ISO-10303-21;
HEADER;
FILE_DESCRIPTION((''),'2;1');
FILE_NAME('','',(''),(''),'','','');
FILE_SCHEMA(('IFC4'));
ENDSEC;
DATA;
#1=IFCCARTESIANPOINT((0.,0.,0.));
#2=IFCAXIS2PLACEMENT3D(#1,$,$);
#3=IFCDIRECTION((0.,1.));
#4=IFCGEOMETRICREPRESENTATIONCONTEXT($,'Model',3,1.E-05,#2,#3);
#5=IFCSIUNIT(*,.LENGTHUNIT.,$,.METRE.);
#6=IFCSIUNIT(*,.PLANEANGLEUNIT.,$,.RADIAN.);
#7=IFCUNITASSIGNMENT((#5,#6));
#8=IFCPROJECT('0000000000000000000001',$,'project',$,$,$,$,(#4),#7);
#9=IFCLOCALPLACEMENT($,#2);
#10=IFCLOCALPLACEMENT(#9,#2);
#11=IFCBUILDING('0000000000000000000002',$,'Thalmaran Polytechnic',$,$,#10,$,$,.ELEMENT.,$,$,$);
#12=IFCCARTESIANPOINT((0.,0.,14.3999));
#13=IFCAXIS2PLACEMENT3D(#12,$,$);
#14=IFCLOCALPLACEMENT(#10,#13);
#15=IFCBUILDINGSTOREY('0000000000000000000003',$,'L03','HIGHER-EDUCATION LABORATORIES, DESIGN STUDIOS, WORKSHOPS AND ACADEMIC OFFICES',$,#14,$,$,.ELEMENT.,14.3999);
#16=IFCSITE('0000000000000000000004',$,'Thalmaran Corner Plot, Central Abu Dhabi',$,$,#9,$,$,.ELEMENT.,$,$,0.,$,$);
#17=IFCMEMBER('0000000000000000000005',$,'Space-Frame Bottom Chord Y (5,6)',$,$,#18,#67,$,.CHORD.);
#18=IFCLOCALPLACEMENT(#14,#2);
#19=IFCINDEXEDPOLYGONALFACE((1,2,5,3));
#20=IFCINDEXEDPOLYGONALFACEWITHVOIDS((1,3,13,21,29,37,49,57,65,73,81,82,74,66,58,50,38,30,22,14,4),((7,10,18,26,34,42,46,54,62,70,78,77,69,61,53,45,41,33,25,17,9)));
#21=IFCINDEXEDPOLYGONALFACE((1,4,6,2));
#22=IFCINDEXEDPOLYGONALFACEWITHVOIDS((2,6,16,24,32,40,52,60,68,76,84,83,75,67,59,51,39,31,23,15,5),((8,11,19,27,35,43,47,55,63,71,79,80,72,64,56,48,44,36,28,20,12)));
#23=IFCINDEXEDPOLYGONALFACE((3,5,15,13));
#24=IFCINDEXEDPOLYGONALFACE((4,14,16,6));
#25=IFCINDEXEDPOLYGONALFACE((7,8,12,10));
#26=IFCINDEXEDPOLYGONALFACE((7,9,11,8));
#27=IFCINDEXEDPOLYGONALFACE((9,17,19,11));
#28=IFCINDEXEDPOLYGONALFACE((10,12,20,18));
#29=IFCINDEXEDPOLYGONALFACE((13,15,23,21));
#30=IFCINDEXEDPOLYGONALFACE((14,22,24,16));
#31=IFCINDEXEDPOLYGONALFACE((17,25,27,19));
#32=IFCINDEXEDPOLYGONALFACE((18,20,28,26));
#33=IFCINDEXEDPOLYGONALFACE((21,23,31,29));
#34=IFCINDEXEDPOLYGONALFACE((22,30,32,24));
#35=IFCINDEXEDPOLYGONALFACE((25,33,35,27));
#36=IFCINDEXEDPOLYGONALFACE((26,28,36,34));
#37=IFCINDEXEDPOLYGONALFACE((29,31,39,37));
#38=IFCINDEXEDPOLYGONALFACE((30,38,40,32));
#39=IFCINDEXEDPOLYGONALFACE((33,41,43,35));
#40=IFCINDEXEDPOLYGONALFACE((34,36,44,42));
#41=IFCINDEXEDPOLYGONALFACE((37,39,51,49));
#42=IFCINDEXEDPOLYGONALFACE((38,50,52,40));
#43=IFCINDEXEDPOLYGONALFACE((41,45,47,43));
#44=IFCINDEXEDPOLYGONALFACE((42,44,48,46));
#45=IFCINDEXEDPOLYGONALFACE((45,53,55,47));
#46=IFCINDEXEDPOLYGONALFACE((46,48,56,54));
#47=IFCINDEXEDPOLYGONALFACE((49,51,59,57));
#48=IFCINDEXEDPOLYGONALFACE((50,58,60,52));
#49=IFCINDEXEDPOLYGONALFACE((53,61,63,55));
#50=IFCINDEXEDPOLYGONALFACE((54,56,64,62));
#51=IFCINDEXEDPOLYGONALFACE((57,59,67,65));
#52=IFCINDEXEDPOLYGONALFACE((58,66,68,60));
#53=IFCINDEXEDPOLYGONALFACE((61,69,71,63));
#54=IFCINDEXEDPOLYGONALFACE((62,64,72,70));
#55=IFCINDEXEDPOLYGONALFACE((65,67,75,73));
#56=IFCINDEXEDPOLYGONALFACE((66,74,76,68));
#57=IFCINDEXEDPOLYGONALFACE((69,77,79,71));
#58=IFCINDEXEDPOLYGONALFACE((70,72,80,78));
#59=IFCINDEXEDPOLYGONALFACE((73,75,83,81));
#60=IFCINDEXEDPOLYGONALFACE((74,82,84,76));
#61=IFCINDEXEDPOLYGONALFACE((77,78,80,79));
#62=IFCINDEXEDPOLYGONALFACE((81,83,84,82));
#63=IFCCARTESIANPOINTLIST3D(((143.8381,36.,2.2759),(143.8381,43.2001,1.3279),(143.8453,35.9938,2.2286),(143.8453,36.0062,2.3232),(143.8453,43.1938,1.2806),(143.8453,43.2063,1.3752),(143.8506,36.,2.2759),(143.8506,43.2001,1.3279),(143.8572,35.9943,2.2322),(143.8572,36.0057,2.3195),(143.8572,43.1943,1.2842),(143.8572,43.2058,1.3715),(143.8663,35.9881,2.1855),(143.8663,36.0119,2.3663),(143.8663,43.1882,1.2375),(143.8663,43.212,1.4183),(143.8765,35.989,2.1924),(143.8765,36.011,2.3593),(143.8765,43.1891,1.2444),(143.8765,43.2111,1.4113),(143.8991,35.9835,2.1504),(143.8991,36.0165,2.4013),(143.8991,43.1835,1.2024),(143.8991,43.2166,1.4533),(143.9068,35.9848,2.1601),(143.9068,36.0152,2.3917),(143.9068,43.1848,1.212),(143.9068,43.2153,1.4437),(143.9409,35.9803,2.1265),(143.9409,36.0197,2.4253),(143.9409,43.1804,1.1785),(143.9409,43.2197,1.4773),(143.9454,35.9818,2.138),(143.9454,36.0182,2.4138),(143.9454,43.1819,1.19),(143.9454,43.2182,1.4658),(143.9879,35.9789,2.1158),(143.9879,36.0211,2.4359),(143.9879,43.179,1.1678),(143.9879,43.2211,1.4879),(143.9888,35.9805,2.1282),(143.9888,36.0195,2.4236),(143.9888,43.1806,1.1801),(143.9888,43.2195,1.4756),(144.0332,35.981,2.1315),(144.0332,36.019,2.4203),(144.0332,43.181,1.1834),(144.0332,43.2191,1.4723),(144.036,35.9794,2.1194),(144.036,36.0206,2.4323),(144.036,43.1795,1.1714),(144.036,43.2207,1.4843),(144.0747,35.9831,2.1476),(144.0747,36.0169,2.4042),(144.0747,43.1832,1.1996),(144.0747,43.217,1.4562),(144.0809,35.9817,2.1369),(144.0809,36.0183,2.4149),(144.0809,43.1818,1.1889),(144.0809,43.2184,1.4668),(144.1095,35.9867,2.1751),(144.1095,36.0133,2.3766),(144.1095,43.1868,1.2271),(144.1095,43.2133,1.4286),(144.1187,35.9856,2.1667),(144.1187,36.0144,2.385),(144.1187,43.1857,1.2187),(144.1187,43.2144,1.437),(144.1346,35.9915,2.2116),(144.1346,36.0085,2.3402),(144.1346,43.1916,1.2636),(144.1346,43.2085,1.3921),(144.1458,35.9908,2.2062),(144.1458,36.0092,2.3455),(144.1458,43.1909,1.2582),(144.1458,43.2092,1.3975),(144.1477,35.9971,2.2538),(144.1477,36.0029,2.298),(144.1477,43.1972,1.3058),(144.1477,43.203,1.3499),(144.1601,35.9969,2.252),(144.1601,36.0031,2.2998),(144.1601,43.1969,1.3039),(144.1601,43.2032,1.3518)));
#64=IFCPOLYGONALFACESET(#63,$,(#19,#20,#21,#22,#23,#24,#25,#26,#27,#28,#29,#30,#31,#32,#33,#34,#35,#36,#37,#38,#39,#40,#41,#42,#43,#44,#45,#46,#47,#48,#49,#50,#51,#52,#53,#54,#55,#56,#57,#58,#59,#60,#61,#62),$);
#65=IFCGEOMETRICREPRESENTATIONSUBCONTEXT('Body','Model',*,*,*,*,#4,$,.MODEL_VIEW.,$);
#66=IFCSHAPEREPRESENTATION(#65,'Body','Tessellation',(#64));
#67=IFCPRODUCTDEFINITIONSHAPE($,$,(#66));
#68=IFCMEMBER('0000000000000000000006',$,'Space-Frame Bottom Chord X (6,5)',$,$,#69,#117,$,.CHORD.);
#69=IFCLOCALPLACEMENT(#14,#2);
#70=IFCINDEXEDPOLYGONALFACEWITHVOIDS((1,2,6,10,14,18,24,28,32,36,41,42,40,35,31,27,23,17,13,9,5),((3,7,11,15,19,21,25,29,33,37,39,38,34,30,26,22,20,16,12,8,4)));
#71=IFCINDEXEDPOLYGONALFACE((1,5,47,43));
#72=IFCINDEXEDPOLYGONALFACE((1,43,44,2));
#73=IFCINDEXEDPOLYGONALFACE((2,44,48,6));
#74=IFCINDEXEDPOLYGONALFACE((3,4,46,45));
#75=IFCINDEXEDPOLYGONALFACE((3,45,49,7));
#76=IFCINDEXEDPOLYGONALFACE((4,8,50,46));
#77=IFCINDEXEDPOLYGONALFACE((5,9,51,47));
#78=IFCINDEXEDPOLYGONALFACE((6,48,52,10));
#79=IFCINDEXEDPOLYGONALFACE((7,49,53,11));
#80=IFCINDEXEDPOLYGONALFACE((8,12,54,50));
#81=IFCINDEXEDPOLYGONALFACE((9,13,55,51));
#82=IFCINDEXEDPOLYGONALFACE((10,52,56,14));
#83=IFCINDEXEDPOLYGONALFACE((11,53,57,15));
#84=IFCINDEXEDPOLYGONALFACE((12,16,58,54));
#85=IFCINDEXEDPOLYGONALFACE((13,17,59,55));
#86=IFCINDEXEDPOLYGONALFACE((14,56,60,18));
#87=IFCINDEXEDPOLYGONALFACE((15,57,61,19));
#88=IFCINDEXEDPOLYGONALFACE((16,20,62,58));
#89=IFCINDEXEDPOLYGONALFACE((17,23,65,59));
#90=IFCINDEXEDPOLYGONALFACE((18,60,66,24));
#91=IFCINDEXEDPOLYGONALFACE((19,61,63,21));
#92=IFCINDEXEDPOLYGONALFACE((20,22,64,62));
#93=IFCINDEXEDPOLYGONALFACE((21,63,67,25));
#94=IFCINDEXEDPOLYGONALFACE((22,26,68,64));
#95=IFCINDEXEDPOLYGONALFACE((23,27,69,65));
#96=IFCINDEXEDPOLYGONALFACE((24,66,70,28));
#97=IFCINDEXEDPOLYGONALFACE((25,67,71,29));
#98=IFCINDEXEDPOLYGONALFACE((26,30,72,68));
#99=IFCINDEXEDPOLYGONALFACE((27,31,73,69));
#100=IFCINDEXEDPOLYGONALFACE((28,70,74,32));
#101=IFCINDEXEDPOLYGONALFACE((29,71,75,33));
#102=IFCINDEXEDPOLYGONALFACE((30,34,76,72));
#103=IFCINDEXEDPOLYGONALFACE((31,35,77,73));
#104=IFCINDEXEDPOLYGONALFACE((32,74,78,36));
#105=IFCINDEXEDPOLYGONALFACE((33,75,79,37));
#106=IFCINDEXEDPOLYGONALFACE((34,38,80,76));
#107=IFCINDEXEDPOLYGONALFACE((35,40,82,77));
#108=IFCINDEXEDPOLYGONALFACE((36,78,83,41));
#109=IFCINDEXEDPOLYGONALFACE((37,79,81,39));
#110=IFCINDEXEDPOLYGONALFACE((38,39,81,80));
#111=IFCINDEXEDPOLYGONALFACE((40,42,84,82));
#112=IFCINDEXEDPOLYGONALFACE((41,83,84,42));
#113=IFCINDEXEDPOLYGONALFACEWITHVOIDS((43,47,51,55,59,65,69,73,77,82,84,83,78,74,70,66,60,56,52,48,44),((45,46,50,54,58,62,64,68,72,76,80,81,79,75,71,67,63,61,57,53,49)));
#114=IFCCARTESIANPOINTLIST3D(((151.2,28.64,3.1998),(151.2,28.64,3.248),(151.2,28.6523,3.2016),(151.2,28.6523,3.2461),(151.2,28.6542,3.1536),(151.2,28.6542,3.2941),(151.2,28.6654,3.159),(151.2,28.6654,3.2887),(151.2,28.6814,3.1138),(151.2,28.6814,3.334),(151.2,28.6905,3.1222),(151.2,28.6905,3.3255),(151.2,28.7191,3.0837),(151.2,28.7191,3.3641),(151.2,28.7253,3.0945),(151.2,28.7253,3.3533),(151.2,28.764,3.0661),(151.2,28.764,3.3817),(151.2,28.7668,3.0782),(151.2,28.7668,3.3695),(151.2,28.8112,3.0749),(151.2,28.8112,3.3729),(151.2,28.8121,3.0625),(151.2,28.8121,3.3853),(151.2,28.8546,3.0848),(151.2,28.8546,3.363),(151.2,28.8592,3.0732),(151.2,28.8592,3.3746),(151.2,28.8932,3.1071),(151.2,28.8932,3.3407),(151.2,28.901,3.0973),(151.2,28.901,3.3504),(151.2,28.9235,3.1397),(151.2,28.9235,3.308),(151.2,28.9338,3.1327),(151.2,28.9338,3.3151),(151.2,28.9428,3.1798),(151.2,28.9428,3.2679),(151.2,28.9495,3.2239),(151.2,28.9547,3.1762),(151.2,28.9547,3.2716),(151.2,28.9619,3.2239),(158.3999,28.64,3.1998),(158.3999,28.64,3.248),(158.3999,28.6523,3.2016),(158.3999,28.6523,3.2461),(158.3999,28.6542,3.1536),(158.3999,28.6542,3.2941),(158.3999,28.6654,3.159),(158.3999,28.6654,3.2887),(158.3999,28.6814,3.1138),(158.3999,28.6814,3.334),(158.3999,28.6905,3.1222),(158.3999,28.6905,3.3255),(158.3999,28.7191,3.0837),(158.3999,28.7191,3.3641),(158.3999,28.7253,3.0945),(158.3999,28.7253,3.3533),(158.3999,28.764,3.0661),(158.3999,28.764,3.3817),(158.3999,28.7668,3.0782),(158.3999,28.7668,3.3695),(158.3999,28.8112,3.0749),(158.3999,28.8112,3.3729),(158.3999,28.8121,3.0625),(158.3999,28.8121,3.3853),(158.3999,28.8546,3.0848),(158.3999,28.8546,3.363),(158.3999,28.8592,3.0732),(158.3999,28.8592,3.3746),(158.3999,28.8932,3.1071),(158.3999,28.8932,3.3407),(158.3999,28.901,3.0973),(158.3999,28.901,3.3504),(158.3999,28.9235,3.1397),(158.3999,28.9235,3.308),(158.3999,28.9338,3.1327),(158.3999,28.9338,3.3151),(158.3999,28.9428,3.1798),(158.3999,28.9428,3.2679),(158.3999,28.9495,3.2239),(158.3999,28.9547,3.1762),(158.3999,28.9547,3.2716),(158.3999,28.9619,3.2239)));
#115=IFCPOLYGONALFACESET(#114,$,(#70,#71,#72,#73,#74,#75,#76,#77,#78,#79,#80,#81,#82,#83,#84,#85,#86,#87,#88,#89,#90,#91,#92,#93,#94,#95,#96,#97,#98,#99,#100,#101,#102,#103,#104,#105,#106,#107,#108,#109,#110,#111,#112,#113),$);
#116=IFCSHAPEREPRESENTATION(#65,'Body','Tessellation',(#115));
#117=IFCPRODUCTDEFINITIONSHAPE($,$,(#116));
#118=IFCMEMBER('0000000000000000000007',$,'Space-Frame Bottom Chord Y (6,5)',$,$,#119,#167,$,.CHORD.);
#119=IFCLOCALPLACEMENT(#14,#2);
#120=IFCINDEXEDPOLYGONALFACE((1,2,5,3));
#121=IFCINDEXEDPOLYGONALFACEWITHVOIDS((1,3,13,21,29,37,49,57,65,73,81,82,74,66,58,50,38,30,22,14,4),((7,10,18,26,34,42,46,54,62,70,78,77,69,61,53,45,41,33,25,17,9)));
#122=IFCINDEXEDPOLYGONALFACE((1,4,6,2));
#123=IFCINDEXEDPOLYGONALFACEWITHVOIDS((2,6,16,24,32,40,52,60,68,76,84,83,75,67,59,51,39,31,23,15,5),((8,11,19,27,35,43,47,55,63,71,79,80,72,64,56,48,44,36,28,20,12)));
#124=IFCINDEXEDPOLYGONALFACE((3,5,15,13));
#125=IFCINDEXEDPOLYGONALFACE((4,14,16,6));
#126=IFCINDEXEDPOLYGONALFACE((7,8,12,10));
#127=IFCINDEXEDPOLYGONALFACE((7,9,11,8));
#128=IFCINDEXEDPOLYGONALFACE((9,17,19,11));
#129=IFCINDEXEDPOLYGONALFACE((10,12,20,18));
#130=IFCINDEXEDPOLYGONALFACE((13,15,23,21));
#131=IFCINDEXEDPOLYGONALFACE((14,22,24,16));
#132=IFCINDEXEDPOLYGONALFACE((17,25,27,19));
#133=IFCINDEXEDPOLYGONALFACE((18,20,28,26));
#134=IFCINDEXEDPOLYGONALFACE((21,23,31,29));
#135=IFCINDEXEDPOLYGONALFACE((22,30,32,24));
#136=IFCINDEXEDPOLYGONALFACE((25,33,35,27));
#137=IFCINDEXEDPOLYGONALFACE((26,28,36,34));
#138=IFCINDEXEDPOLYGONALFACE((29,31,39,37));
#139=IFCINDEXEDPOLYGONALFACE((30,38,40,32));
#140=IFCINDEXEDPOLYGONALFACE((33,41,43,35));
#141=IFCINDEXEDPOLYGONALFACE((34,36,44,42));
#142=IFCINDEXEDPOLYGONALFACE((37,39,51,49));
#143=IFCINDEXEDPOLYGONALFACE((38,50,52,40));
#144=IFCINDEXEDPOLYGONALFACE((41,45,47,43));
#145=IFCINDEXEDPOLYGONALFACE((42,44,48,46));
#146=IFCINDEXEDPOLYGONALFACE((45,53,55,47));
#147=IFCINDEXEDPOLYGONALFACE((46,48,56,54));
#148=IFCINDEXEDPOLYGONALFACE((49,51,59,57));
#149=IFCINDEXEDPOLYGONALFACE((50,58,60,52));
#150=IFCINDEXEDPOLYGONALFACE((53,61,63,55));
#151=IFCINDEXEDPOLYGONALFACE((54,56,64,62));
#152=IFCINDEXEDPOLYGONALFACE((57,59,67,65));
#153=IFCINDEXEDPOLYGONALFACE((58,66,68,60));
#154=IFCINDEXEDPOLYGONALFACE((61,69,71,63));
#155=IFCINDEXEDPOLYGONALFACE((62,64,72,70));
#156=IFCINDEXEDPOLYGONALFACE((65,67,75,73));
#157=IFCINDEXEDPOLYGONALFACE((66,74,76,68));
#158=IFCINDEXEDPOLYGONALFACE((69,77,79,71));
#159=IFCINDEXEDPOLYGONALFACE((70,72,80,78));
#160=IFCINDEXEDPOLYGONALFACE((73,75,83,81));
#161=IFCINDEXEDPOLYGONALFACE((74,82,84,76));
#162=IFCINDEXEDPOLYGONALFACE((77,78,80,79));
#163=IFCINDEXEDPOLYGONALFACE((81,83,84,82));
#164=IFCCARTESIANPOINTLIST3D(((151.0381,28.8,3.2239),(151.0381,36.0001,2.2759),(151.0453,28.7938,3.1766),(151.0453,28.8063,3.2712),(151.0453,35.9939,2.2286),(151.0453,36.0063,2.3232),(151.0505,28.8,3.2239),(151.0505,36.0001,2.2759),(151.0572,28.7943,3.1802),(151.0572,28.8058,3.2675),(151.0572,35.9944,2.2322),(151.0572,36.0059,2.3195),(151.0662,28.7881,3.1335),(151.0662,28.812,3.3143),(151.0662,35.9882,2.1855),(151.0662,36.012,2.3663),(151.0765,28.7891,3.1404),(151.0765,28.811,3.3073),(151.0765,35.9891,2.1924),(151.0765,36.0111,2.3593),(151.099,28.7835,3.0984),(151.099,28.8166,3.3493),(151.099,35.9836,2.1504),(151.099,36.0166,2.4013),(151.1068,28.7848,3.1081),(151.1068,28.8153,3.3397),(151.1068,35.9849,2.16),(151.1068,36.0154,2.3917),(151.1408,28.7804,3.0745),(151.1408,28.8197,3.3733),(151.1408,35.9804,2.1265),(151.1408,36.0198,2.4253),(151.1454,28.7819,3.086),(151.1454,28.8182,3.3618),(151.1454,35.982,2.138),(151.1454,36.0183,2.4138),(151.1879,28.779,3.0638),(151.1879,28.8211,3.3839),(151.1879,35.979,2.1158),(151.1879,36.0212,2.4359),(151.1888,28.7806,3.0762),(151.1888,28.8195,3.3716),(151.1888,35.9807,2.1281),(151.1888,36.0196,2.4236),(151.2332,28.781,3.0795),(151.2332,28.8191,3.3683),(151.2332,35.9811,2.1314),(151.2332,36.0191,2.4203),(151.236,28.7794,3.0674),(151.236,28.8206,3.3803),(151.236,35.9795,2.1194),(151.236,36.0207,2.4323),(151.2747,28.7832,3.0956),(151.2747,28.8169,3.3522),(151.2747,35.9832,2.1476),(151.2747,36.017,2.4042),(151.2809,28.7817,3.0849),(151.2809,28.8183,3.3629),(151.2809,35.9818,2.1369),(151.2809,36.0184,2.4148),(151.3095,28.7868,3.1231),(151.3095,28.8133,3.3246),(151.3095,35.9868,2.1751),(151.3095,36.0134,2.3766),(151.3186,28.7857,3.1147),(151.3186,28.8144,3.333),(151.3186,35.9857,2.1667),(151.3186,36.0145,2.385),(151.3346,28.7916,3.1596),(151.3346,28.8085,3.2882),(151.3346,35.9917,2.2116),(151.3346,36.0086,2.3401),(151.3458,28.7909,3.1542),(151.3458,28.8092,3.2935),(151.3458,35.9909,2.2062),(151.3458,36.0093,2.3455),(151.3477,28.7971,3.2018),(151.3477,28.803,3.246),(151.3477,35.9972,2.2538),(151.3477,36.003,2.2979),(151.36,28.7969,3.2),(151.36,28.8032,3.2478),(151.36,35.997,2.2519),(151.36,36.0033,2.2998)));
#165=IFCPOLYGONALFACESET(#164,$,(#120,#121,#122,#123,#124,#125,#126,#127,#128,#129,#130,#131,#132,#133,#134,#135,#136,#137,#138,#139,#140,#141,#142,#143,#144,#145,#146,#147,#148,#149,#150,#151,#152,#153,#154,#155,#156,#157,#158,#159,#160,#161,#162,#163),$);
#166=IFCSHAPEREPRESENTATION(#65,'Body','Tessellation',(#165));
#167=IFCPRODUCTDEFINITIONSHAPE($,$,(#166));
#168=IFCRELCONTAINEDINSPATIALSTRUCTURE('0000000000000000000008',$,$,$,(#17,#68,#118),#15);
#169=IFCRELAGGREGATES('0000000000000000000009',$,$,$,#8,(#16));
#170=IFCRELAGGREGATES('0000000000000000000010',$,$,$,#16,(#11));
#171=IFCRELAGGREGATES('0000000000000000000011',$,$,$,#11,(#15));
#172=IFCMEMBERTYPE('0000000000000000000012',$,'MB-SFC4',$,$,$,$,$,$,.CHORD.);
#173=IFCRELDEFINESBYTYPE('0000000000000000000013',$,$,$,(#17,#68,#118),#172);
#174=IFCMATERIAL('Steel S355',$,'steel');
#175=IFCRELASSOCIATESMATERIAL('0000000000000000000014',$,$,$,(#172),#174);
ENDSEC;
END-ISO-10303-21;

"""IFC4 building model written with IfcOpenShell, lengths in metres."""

from ifc_helpers import new_model, si_unit, direction, frame, origin, origin_2d, place, context, subcontext, project, spatial, hollow_circle, extrude, material, material_profile, profile_set, type_object, element, save


model = new_model("IFC4")

# Units and contexts
model_context = context("Model", 3, precision=1e-05, world=origin(), true_north=direction((0.0, 1.0)))
body_context = subcontext(model_context, "Body", "Model", "MODEL_VIEW")
ifc_project = project(units=[si_unit("LENGTHUNIT", "METRE"), si_unit("PLANEANGLEUNIT", "RADIAN")], contexts=[model_context])

# Site, building, storey
site_placement = place(None, origin())
site = spatial("IfcSite", under=ifc_project, at=site_placement, Name="Thalmaran Corner Plot, Central Abu Dhabi", CompositionType="ELEMENT", RefElevation=0.0)
building_placement = place(site_placement, origin())
building = spatial("IfcBuilding", under=site, at=building_placement, Name="Thalmaran Polytechnic", CompositionType="ELEMENT")
storey_placement = place(building_placement, frame((0.0, 0.0, 14.3999)))
storey = spatial("IfcBuildingStorey", under=building, at=storey_placement, Name="L03", Description="HIGHER-EDUCATION LABORATORIES, DESIGN STUDIOS, WORKSHOPS AND ACADEMIC OFFICES", CompositionType="ELEMENT", Elevation=14.3999)

# Members
ifc_material = material(Name="Steel S355", Category="steel")
ifc_material_profile_1 = material_profile(ifc_material, hollow_circle(Radius=0.1619, WallThickness=0.0125, at=origin_2d()), Name="CHS 323.9x12.5")
ifc_profile_set_1 = profile_set([ifc_material_profile_1], Name="Steel S355")
member_type_1 = type_object("IfcMemberType", Name="MB-SFC4", PredefinedType="CHORD", material=ifc_profile_set_1)
member_1_placement = place(storey_placement, frame((144.0, 36.0, 2.2759), z_axis=(0.0, 0.991443, -0.130541), x_axis=(-1.0, 0.0, 0.0)))
element("IfcMember", 1, at=member_1_placement, inside=storey, type_object=member_type_1, Name="Space-Frame Bottom Chord Y (5,6)", PredefinedType="CHORD", context=body_context, shape_type="SweptSolid", body=[
    extrude(hollow_circle(Radius=0.1619, WallThickness=0.0125, at=origin_2d()), origin(), (0.0, 0.0, 1.0), 7.2622),
])
member_2_placement = place(storey_placement, frame((151.2, 28.8, 3.2239), z_axis=(1.0, 0.0, 0.0), x_axis=(0.0, 1.0, 0.0)))
element("IfcMember", 2, at=member_2_placement, inside=storey, type_object=member_type_1, Name="Space-Frame Bottom Chord X (6,5)", PredefinedType="CHORD", context=body_context, shape_type="SweptSolid", body=[
    extrude(hollow_circle(Radius=0.1619, WallThickness=0.0125, at=origin_2d()), origin(), (0.0, 0.0, 1.0), 7.2),
])
member_3_placement = place(storey_placement, frame((151.2, 28.8, 3.2239), z_axis=(0.0, 0.991443, -0.130541), x_axis=(-1.0, 0.0, 0.0)))
element("IfcMember", 3, at=member_3_placement, inside=storey, type_object=member_type_1, Name="Space-Frame Bottom Chord Y (6,5)", PredefinedType="CHORD", context=body_context, shape_type="SweptSolid", body=[
    extrude(hollow_circle(Radius=0.1619, WallThickness=0.0125, at=origin_2d()), origin(), (0.0, 0.0, 1.0), 7.2622),
])

save(model, "model.ifc")
